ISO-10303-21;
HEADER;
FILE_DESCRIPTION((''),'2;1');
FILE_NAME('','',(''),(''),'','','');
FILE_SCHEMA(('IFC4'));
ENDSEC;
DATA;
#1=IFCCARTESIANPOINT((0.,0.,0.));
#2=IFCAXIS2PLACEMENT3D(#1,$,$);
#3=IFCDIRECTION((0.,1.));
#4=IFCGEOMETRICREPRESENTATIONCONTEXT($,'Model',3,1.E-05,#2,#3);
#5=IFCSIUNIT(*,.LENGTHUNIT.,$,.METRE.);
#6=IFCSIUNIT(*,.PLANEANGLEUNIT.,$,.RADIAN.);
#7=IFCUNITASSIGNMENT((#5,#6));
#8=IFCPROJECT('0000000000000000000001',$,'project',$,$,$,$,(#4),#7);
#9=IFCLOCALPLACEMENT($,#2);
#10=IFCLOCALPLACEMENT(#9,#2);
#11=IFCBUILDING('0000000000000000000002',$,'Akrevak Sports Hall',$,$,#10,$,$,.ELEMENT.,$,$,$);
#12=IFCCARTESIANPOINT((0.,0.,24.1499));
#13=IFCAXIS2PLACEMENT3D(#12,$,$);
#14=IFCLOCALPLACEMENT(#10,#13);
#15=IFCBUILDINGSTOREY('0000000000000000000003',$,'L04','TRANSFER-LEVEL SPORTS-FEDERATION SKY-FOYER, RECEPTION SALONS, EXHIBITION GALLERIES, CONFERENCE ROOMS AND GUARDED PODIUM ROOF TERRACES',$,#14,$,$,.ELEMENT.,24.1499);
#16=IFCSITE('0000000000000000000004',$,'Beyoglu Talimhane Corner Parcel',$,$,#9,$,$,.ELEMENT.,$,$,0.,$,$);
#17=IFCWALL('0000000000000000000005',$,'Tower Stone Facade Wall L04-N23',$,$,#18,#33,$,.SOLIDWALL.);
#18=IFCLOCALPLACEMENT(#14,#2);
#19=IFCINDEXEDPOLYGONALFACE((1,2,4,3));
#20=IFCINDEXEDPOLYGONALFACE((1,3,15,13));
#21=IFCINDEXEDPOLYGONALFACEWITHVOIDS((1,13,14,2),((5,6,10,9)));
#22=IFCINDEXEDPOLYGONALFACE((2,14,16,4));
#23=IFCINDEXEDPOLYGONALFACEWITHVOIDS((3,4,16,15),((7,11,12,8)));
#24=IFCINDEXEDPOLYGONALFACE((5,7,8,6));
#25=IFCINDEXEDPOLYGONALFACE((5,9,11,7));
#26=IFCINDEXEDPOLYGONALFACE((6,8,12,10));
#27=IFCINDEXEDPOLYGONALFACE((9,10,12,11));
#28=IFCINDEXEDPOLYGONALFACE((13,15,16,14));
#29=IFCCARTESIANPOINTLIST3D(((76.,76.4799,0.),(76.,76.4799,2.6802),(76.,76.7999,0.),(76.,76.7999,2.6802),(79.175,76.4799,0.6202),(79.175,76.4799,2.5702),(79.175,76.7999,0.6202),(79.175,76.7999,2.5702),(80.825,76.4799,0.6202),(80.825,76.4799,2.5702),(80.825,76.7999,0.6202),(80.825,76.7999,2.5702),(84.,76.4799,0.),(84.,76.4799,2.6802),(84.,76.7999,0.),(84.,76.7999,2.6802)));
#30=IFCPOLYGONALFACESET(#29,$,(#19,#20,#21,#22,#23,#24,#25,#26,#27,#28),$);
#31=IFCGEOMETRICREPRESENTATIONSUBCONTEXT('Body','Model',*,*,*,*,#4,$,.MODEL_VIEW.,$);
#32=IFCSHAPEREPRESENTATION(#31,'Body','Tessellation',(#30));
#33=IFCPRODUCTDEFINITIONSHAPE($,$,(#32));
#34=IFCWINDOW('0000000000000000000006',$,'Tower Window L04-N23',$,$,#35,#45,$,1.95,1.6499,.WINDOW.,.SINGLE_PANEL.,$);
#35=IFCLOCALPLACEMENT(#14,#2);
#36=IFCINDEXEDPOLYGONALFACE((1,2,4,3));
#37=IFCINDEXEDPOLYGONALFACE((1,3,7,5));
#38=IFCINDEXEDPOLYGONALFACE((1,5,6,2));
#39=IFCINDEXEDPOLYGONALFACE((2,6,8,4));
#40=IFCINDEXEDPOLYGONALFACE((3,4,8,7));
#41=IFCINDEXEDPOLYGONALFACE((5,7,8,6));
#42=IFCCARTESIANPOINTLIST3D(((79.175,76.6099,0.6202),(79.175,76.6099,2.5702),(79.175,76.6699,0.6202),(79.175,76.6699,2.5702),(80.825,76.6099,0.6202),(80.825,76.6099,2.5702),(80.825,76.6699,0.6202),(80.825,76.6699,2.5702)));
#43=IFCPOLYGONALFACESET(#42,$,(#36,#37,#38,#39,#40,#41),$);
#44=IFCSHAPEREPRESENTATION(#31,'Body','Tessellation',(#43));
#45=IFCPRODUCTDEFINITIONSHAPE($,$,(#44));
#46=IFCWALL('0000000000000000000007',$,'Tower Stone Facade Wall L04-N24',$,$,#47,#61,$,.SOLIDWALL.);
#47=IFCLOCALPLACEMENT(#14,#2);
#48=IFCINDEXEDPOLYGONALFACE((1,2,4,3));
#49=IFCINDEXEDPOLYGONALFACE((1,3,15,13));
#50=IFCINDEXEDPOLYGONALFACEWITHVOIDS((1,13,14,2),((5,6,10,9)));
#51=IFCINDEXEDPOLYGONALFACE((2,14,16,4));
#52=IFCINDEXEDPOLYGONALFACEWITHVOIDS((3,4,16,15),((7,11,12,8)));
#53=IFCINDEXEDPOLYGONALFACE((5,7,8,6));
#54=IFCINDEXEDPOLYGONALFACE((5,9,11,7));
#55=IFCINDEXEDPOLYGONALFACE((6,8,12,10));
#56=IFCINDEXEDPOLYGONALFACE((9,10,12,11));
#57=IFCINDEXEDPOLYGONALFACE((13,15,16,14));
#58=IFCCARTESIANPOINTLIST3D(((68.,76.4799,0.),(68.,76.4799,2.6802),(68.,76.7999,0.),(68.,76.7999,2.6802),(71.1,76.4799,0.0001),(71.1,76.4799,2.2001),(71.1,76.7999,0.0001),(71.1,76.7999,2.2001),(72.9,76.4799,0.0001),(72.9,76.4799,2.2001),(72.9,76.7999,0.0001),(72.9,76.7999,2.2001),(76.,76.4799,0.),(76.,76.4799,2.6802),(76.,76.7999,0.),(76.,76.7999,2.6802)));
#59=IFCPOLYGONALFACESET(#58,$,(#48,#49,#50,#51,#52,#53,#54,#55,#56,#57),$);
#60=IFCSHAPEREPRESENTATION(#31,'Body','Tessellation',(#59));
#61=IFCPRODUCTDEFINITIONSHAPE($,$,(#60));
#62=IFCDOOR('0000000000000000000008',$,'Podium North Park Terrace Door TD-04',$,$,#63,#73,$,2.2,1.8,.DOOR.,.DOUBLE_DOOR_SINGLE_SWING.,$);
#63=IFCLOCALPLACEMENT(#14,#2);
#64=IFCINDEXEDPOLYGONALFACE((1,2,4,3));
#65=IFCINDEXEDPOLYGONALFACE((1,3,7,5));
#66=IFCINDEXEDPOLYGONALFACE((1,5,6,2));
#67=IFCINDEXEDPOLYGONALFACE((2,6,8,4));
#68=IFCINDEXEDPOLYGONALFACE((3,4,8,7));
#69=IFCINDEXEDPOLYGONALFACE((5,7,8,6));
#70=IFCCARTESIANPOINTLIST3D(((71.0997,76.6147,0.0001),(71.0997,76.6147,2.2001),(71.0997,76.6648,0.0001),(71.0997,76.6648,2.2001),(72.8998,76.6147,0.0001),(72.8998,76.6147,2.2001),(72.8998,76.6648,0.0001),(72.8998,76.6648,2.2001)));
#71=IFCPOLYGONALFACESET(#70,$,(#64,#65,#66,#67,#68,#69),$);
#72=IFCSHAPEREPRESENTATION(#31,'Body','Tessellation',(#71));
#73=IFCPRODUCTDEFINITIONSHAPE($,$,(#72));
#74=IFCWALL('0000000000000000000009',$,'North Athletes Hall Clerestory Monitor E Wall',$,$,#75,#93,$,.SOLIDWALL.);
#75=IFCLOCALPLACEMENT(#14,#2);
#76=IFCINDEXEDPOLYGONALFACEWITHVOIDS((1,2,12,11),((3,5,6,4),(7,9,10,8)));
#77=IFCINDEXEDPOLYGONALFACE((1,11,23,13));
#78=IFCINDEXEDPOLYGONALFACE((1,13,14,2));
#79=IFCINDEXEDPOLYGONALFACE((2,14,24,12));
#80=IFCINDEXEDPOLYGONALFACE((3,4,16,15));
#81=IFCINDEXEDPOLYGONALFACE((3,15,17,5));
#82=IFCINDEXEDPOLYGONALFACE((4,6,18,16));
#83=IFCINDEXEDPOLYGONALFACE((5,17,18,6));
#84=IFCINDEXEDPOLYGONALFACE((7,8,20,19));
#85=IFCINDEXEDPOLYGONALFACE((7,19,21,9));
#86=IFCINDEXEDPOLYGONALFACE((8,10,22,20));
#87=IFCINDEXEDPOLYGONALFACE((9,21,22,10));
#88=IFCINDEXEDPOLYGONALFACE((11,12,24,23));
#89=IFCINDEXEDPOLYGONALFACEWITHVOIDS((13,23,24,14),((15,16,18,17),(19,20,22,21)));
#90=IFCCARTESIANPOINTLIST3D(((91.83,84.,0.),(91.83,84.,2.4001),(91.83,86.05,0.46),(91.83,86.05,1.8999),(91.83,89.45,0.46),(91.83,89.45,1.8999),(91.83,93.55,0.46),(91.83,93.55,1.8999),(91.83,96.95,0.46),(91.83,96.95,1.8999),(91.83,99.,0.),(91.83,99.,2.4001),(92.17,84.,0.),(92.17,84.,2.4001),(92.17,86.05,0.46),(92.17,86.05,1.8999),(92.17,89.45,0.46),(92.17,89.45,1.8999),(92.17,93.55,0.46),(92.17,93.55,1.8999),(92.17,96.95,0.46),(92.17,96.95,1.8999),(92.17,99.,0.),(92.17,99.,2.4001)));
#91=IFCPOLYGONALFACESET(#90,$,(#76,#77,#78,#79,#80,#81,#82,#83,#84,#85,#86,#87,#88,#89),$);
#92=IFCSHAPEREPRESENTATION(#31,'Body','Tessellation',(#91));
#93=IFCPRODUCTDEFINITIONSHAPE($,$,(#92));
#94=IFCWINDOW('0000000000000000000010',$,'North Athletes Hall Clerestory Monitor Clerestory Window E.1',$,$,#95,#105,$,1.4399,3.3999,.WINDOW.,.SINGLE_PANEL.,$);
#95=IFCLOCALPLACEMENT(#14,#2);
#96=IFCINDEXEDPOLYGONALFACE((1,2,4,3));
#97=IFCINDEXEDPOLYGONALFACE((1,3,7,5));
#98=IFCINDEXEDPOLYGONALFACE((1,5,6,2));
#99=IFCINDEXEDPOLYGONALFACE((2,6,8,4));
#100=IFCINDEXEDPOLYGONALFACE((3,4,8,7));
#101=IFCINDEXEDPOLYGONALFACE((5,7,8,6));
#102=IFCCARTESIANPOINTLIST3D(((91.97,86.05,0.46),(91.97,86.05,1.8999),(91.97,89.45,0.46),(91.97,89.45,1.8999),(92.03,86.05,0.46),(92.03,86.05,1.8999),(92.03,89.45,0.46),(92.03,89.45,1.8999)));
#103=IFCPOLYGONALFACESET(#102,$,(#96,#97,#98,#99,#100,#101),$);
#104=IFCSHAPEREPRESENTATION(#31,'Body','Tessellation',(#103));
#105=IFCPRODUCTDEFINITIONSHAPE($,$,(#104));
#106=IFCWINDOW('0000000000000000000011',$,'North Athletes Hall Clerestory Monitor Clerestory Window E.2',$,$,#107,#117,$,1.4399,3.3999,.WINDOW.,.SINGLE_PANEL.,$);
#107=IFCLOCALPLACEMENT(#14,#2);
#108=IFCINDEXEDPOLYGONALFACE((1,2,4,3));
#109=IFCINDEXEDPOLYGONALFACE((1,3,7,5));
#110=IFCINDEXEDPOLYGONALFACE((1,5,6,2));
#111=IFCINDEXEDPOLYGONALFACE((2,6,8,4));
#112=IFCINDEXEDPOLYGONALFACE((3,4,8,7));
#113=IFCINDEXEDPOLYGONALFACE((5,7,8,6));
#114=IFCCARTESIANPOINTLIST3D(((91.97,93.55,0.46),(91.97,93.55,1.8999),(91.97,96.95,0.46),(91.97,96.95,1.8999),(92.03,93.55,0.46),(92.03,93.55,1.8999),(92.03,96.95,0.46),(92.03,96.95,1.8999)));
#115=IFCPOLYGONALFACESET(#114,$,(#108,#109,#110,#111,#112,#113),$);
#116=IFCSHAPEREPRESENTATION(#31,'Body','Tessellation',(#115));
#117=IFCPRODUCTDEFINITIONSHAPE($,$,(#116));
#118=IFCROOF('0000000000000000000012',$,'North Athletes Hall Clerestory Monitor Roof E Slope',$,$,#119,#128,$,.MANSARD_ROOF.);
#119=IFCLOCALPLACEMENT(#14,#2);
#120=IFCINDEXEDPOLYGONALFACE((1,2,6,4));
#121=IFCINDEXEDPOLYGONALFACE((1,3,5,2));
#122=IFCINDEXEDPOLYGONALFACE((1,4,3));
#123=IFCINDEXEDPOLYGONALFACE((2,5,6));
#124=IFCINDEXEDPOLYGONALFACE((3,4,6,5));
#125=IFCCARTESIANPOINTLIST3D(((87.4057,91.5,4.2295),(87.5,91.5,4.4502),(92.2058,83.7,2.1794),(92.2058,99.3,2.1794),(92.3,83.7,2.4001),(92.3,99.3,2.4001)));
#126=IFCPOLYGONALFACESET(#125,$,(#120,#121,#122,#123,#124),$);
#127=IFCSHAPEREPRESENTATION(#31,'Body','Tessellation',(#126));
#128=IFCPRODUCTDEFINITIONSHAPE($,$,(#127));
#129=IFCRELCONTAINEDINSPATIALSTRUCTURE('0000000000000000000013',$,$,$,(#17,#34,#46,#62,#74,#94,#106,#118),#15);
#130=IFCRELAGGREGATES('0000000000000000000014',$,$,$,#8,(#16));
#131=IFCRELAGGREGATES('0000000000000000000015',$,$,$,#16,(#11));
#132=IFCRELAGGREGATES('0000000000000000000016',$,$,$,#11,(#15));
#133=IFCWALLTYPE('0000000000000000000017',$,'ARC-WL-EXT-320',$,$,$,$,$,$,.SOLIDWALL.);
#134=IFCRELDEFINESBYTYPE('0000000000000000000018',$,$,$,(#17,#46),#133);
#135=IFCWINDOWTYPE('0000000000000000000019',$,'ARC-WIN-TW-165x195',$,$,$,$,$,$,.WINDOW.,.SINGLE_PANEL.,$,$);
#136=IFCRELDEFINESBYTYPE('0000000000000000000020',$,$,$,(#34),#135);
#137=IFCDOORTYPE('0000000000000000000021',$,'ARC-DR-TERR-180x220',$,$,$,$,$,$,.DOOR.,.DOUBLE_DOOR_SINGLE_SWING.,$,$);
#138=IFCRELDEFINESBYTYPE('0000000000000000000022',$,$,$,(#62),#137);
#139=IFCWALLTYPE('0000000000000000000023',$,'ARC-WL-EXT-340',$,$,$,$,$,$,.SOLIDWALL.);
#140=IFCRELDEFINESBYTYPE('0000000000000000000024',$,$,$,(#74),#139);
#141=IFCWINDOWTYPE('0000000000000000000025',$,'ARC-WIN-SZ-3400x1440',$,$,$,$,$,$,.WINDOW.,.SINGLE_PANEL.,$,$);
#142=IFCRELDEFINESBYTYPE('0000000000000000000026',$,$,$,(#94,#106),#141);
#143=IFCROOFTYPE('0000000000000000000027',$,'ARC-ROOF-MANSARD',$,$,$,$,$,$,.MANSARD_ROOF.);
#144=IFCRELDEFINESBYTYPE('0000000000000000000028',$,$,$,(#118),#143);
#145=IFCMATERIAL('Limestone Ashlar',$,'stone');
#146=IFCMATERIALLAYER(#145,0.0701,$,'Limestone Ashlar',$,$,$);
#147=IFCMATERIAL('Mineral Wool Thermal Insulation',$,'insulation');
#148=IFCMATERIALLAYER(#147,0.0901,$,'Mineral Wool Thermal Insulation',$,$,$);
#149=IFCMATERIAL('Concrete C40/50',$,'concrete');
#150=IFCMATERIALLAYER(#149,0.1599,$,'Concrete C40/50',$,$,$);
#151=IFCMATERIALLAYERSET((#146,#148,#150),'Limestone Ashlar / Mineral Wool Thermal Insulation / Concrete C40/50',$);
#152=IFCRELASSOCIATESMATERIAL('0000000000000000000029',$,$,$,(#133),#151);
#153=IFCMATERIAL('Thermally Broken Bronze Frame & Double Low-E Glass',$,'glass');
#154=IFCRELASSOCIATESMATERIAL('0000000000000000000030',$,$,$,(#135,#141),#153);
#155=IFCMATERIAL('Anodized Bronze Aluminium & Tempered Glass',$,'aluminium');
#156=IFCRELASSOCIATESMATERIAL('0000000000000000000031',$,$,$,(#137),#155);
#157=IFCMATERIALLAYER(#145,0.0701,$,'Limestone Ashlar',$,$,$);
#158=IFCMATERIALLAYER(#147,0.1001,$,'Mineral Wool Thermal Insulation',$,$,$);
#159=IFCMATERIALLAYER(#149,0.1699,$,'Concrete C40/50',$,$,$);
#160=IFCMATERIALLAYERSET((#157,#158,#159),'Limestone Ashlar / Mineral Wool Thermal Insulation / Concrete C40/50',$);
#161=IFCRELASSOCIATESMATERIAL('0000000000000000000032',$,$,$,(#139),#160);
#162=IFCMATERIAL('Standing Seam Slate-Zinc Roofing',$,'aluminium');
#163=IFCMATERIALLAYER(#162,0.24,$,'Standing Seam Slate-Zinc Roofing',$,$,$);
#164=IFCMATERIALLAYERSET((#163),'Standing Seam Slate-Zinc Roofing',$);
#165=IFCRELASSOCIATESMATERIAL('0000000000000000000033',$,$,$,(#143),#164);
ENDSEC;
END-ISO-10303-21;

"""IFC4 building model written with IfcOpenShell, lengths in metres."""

from ifc_helpers import new_model, si_unit, direction, frame, frame_2d, origin, place, context, subcontext, project, spatial, polyline, rectangle, outline, extrude, material, layer, layer_set, type_object, element, fill, save


model = new_model("IFC4")

# Units and contexts
model_context = context("Model", 3, precision=1e-05, world=origin(), true_north=direction((0.0, 1.0)))
body_context = subcontext(model_context, "Body", "Model", "MODEL_VIEW")
ifc_project = project(units=[si_unit("LENGTHUNIT", "METRE"), si_unit("PLANEANGLEUNIT", "RADIAN")], contexts=[model_context])

# Site, building, storey
site_placement = place(None, origin())
site = spatial("IfcSite", under=ifc_project, at=site_placement, Name="Beyoglu Talimhane Corner Parcel", CompositionType="ELEMENT", RefElevation=0.0)
building_placement = place(site_placement, origin())
building = spatial("IfcBuilding", under=site, at=building_placement, Name="Akrevak Sports Hall", CompositionType="ELEMENT")
storey_placement = place(building_placement, frame((0.0, 0.0, 24.1499)))
storey = spatial("IfcBuildingStorey", under=building, at=storey_placement, Name="L04", Description="TRANSFER-LEVEL SPORTS-FEDERATION SKY-FOYER, RECEPTION SALONS, EXHIBITION GALLERIES, CONFERENCE ROOMS AND GUARDED PODIUM ROOF TERRACES", CompositionType="ELEMENT", Elevation=24.1499)

# Wall, opening, window
ifc_material_1 = material(Name="Limestone Ashlar", Category="stone")
ifc_layer_1 = layer(ifc_material_1, 0.0701, Name="Limestone Ashlar")
ifc_material_2 = material(Name="Mineral Wool Thermal Insulation", Category="insulation")
ifc_layer_2 = layer(ifc_material_2, 0.0901, Name="Mineral Wool Thermal Insulation")
ifc_material_3 = material(Name="Concrete C40/50", Category="concrete")
ifc_layer_3 = layer(ifc_material_3, 0.1599, Name="Concrete C40/50")
ifc_layer_set_1 = layer_set([ifc_layer_1, ifc_layer_2, ifc_layer_3], Name="Limestone Ashlar / Mineral Wool Thermal Insulation / Concrete C40/50")
wall_type_1 = type_object("IfcWallType", Name="ARC-WL-EXT-320", PredefinedType="SOLIDWALL", material=ifc_layer_set_1)
ifc_material_4 = material(Name="Thermally Broken Bronze Frame & Double Low-E Glass", Category="glass")
wall_1_placement = place(storey_placement, frame((84.0, 76.6399, 0.0), z_axis=(0.0, 0.0, 1.0), x_axis=(-1.0, 0.0, 0.0)))
wall_1 = element("IfcWall", 1, at=wall_1_placement, inside=storey, type_object=wall_type_1, Name="Tower Stone Facade Wall L04-N23", PredefinedType="SOLIDWALL", context=body_context, shape_type="SweptSolid", body=[
    extrude(rectangle(XDim=8.0, YDim=0.3201, at=frame_2d((4.0, 0.0))), origin(), (0.0, 0.0, 1.0), 2.6802),
])
opening_1_placement = place(wall_1_placement, frame((3.175, 0.0, 0.6201)))
opening_1 = element("IfcOpeningElement", 2, at=opening_1_placement, cuts=wall_1, PredefinedType="OPENING", context=body_context, shape_type="SweptSolid", body=[
    extrude(rectangle(XDim=1.6499, YDim=1.95, at=frame_2d((0.825, 0.9751))), frame((0.0, 0.1719, 0.0), z_axis=(0.0, -1.0, 0.0), x_axis=(1.0, 0.0, 0.0)), (0.0, 0.0, 1.0), 0.344),
])
window_type_1 = type_object("IfcWindowType", Name="ARC-WIN-TW-165x195", PartitioningType="SINGLE_PANEL", PredefinedType="WINDOW", material=ifc_material_4)
window_1_placement = place(opening_1_placement, origin())
window_1 = element("IfcWindow", 3, at=window_1_placement, inside=storey, type_object=window_type_1, Name="Tower Window L04-N23", OverallHeight=1.95, OverallWidth=1.6499, PartitioningType="SINGLE_PANEL", PredefinedType="WINDOW", context=body_context, shape_type="SweptSolid", body=[
    extrude(rectangle(XDim=1.6499, YDim=1.95, at=frame_2d((0.825, 0.9751))), frame((0.0, 0.03, 0.0), z_axis=(0.0, -1.0, 0.0), x_axis=(1.0, 0.0, 0.0)), (0.0, 0.0, 1.0), 0.0601),
])
fill(opening_1, window_1)

# Wall, opening, door
wall_2_placement = place(storey_placement, frame((76.0, 76.6399, 0.0), z_axis=(0.0, 0.0, 1.0), x_axis=(-1.0, 0.0, 0.0)))
wall_2 = element("IfcWall", 4, at=wall_2_placement, inside=storey, type_object=wall_type_1, Name="Tower Stone Facade Wall L04-N24", PredefinedType="SOLIDWALL", context=body_context, shape_type="SweptSolid", body=[
    extrude(rectangle(XDim=8.0, YDim=0.3201, at=frame_2d((4.0, 0.0))), origin(), (0.0, 0.0, 1.0), 2.6802),
])
opening_2_placement = place(wall_2_placement, frame((3.1001, 0.0, 0.0)))
opening_2 = element("IfcOpeningElement", 5, at=opening_2_placement, cuts=wall_2, PredefinedType="OPENING", context=body_context, shape_type="SweptSolid", body=[
    extrude(rectangle(XDim=1.8, YDim=2.2, at=frame_2d((0.8999, 1.1001))), frame((0.0, 0.1719, 0.0), z_axis=(0.0, -1.0, 0.0), x_axis=(1.0, 0.0, 0.0)), (0.0, 0.0, 1.0), 0.344),
])
ifc_material_5 = material(Name="Anodized Bronze Aluminium & Tempered Glass", Category="aluminium")
door_type = type_object("IfcDoorType", Name="ARC-DR-TERR-180x220", OperationType="DOUBLE_DOOR_SINGLE_SWING", PredefinedType="DOOR", material=ifc_material_5)
door_placement = place(opening_2_placement, frame((1.8, 0.0, 0.0), z_axis=(0.0, 0.0, 1.0), x_axis=(-1.0, 0.0, 0.0)))
door = element("IfcDoor", 6, at=door_placement, inside=storey, type_object=door_type, Name="Podium North Park Terrace Door TD-04", OperationType="DOUBLE_DOOR_SINGLE_SWING", OverallHeight=2.2, OverallWidth=1.8, PredefinedType="DOOR", context=body_context, shape_type="SweptSolid", body=[
    extrude(rectangle(XDim=1.8, YDim=2.2, at=frame_2d((0.8999, 1.1001))), frame((0.0, 0.0249, 0.0), z_axis=(0.0, -1.0, 0.0), x_axis=(1.0, 0.0, 0.0)), (0.0, 0.0, 1.0), 0.05),
])
fill(opening_2, door)

# Wall, openings, windows
ifc_layer_4 = layer(ifc_material_1, 0.0701, Name="Limestone Ashlar")
ifc_layer_5 = layer(ifc_material_2, 0.1001, Name="Mineral Wool Thermal Insulation")
ifc_layer_6 = layer(ifc_material_3, 0.1699, Name="Concrete C40/50")
ifc_layer_set_2 = layer_set([ifc_layer_4, ifc_layer_5, ifc_layer_6], Name="Limestone Ashlar / Mineral Wool Thermal Insulation / Concrete C40/50")
wall_type_2 = type_object("IfcWallType", Name="ARC-WL-EXT-340", PredefinedType="SOLIDWALL", material=ifc_layer_set_2)
wall_3_placement = place(storey_placement, frame((92.0, 84.0, 0.0), z_axis=(0.0, 0.0, 1.0), x_axis=(0.0, 1.0, 0.0)))
wall_3 = element("IfcWall", 7, at=wall_3_placement, inside=storey, type_object=wall_type_2, Name="North Athletes Hall Clerestory Monitor E Wall", PredefinedType="SOLIDWALL", context=body_context, shape_type="SweptSolid", body=[
    extrude(rectangle(XDim=15.0, YDim=0.3401, at=frame_2d((7.5, 0.0))), origin(), (0.0, 0.0, 1.0), 2.4001),
])
opening_3_placement = place(wall_3_placement, frame((2.05, 0.0, 0.46)))
opening_3 = element("IfcOpeningElement", 8, at=opening_3_placement, cuts=wall_3, PredefinedType="OPENING", context=body_context, shape_type="SweptSolid", body=[
    extrude(rectangle(XDim=3.3999, YDim=1.4399, at=frame_2d((1.7, 0.72))), frame((0.0, 0.1821, 0.0), z_axis=(0.0, -1.0, 0.0), x_axis=(1.0, 0.0, 0.0)), (0.0, 0.0, 1.0), 0.364),
])
opening_4_placement = place(wall_3_placement, frame((9.55, 0.0, 0.46)))
opening_4 = element("IfcOpeningElement", 9, at=opening_4_placement, cuts=wall_3, PredefinedType="OPENING", context=body_context, shape_type="SweptSolid", body=[
    extrude(rectangle(XDim=3.3999, YDim=1.4399, at=frame_2d((1.7, 0.72))), frame((0.0, 0.1821, 0.0), z_axis=(0.0, -1.0, 0.0), x_axis=(1.0, 0.0, 0.0)), (0.0, 0.0, 1.0), 0.364),
])
window_type_2 = type_object("IfcWindowType", Name="ARC-WIN-SZ-3400x1440", PartitioningType="SINGLE_PANEL", PredefinedType="WINDOW", material=ifc_material_4)
window_2_placement = place(opening_3_placement, origin())
window_2 = element("IfcWindow", 10, at=window_2_placement, inside=storey, type_object=window_type_2, Name="North Athletes Hall Clerestory Monitor Clerestory Window E.1", OverallHeight=1.4399, OverallWidth=3.3999, PartitioningType="SINGLE_PANEL", PredefinedType="WINDOW", context=body_context, shape_type="SweptSolid", body=[
    extrude(rectangle(XDim=3.3999, YDim=1.4399, at=frame_2d((1.7, 0.72))), frame((0.0, 0.03, 0.0), z_axis=(0.0, -1.0, 0.0), x_axis=(1.0, 0.0, 0.0)), (0.0, 0.0, 1.0), 0.0601),
])
fill(opening_3, window_2)
window_3_placement = place(opening_4_placement, origin())
window_3 = element("IfcWindow", 11, at=window_3_placement, inside=storey, type_object=window_type_2, Name="North Athletes Hall Clerestory Monitor Clerestory Window E.2", OverallHeight=1.4399, OverallWidth=3.3999, PartitioningType="SINGLE_PANEL", PredefinedType="WINDOW", context=body_context, shape_type="SweptSolid", body=[
    extrude(rectangle(XDim=3.3999, YDim=1.4399, at=frame_2d((1.7, 0.72))), frame((0.0, 0.03, 0.0), z_axis=(0.0, -1.0, 0.0), x_axis=(1.0, 0.0, 0.0)), (0.0, 0.0, 1.0), 0.0601),
])
fill(opening_4, window_3)

# Roof
ifc_material_6 = material(Name="Standing Seam Slate-Zinc Roofing", Category="aluminium")
ifc_layer_7 = layer(ifc_material_6, 0.24, Name="Standing Seam Slate-Zinc Roofing")
ifc_layer_set_3 = layer_set([ifc_layer_7], Name="Standing Seam Slate-Zinc Roofing")
roof_type = type_object("IfcRoofType", Name="ARC-ROOF-MANSARD", PredefinedType="MANSARD_ROOF", material=ifc_layer_set_3)
roof_placement = place(storey_placement, frame((92.3, 83.7, 2.4001), z_axis=(0.392767, 0.0, 0.919638), x_axis=(0.0, 1.0, 0.0)))
element("IfcRoof", 12, at=roof_placement, inside=storey, type_object=roof_type, Name="North Athletes Hall Clerestory Monitor Roof E Slope", PredefinedType="MANSARD_ROOF", context=body_context, shape_type="SweptSolid", body=[
    extrude(outline(polyline([(0.0, 0.0), (15.6001, 0.0), (7.8, 5.2195), (0.0, 0.0)])), origin(), (0.0, 0.0, -1.0), 0.24),
])

save(model, "model.ifc")
